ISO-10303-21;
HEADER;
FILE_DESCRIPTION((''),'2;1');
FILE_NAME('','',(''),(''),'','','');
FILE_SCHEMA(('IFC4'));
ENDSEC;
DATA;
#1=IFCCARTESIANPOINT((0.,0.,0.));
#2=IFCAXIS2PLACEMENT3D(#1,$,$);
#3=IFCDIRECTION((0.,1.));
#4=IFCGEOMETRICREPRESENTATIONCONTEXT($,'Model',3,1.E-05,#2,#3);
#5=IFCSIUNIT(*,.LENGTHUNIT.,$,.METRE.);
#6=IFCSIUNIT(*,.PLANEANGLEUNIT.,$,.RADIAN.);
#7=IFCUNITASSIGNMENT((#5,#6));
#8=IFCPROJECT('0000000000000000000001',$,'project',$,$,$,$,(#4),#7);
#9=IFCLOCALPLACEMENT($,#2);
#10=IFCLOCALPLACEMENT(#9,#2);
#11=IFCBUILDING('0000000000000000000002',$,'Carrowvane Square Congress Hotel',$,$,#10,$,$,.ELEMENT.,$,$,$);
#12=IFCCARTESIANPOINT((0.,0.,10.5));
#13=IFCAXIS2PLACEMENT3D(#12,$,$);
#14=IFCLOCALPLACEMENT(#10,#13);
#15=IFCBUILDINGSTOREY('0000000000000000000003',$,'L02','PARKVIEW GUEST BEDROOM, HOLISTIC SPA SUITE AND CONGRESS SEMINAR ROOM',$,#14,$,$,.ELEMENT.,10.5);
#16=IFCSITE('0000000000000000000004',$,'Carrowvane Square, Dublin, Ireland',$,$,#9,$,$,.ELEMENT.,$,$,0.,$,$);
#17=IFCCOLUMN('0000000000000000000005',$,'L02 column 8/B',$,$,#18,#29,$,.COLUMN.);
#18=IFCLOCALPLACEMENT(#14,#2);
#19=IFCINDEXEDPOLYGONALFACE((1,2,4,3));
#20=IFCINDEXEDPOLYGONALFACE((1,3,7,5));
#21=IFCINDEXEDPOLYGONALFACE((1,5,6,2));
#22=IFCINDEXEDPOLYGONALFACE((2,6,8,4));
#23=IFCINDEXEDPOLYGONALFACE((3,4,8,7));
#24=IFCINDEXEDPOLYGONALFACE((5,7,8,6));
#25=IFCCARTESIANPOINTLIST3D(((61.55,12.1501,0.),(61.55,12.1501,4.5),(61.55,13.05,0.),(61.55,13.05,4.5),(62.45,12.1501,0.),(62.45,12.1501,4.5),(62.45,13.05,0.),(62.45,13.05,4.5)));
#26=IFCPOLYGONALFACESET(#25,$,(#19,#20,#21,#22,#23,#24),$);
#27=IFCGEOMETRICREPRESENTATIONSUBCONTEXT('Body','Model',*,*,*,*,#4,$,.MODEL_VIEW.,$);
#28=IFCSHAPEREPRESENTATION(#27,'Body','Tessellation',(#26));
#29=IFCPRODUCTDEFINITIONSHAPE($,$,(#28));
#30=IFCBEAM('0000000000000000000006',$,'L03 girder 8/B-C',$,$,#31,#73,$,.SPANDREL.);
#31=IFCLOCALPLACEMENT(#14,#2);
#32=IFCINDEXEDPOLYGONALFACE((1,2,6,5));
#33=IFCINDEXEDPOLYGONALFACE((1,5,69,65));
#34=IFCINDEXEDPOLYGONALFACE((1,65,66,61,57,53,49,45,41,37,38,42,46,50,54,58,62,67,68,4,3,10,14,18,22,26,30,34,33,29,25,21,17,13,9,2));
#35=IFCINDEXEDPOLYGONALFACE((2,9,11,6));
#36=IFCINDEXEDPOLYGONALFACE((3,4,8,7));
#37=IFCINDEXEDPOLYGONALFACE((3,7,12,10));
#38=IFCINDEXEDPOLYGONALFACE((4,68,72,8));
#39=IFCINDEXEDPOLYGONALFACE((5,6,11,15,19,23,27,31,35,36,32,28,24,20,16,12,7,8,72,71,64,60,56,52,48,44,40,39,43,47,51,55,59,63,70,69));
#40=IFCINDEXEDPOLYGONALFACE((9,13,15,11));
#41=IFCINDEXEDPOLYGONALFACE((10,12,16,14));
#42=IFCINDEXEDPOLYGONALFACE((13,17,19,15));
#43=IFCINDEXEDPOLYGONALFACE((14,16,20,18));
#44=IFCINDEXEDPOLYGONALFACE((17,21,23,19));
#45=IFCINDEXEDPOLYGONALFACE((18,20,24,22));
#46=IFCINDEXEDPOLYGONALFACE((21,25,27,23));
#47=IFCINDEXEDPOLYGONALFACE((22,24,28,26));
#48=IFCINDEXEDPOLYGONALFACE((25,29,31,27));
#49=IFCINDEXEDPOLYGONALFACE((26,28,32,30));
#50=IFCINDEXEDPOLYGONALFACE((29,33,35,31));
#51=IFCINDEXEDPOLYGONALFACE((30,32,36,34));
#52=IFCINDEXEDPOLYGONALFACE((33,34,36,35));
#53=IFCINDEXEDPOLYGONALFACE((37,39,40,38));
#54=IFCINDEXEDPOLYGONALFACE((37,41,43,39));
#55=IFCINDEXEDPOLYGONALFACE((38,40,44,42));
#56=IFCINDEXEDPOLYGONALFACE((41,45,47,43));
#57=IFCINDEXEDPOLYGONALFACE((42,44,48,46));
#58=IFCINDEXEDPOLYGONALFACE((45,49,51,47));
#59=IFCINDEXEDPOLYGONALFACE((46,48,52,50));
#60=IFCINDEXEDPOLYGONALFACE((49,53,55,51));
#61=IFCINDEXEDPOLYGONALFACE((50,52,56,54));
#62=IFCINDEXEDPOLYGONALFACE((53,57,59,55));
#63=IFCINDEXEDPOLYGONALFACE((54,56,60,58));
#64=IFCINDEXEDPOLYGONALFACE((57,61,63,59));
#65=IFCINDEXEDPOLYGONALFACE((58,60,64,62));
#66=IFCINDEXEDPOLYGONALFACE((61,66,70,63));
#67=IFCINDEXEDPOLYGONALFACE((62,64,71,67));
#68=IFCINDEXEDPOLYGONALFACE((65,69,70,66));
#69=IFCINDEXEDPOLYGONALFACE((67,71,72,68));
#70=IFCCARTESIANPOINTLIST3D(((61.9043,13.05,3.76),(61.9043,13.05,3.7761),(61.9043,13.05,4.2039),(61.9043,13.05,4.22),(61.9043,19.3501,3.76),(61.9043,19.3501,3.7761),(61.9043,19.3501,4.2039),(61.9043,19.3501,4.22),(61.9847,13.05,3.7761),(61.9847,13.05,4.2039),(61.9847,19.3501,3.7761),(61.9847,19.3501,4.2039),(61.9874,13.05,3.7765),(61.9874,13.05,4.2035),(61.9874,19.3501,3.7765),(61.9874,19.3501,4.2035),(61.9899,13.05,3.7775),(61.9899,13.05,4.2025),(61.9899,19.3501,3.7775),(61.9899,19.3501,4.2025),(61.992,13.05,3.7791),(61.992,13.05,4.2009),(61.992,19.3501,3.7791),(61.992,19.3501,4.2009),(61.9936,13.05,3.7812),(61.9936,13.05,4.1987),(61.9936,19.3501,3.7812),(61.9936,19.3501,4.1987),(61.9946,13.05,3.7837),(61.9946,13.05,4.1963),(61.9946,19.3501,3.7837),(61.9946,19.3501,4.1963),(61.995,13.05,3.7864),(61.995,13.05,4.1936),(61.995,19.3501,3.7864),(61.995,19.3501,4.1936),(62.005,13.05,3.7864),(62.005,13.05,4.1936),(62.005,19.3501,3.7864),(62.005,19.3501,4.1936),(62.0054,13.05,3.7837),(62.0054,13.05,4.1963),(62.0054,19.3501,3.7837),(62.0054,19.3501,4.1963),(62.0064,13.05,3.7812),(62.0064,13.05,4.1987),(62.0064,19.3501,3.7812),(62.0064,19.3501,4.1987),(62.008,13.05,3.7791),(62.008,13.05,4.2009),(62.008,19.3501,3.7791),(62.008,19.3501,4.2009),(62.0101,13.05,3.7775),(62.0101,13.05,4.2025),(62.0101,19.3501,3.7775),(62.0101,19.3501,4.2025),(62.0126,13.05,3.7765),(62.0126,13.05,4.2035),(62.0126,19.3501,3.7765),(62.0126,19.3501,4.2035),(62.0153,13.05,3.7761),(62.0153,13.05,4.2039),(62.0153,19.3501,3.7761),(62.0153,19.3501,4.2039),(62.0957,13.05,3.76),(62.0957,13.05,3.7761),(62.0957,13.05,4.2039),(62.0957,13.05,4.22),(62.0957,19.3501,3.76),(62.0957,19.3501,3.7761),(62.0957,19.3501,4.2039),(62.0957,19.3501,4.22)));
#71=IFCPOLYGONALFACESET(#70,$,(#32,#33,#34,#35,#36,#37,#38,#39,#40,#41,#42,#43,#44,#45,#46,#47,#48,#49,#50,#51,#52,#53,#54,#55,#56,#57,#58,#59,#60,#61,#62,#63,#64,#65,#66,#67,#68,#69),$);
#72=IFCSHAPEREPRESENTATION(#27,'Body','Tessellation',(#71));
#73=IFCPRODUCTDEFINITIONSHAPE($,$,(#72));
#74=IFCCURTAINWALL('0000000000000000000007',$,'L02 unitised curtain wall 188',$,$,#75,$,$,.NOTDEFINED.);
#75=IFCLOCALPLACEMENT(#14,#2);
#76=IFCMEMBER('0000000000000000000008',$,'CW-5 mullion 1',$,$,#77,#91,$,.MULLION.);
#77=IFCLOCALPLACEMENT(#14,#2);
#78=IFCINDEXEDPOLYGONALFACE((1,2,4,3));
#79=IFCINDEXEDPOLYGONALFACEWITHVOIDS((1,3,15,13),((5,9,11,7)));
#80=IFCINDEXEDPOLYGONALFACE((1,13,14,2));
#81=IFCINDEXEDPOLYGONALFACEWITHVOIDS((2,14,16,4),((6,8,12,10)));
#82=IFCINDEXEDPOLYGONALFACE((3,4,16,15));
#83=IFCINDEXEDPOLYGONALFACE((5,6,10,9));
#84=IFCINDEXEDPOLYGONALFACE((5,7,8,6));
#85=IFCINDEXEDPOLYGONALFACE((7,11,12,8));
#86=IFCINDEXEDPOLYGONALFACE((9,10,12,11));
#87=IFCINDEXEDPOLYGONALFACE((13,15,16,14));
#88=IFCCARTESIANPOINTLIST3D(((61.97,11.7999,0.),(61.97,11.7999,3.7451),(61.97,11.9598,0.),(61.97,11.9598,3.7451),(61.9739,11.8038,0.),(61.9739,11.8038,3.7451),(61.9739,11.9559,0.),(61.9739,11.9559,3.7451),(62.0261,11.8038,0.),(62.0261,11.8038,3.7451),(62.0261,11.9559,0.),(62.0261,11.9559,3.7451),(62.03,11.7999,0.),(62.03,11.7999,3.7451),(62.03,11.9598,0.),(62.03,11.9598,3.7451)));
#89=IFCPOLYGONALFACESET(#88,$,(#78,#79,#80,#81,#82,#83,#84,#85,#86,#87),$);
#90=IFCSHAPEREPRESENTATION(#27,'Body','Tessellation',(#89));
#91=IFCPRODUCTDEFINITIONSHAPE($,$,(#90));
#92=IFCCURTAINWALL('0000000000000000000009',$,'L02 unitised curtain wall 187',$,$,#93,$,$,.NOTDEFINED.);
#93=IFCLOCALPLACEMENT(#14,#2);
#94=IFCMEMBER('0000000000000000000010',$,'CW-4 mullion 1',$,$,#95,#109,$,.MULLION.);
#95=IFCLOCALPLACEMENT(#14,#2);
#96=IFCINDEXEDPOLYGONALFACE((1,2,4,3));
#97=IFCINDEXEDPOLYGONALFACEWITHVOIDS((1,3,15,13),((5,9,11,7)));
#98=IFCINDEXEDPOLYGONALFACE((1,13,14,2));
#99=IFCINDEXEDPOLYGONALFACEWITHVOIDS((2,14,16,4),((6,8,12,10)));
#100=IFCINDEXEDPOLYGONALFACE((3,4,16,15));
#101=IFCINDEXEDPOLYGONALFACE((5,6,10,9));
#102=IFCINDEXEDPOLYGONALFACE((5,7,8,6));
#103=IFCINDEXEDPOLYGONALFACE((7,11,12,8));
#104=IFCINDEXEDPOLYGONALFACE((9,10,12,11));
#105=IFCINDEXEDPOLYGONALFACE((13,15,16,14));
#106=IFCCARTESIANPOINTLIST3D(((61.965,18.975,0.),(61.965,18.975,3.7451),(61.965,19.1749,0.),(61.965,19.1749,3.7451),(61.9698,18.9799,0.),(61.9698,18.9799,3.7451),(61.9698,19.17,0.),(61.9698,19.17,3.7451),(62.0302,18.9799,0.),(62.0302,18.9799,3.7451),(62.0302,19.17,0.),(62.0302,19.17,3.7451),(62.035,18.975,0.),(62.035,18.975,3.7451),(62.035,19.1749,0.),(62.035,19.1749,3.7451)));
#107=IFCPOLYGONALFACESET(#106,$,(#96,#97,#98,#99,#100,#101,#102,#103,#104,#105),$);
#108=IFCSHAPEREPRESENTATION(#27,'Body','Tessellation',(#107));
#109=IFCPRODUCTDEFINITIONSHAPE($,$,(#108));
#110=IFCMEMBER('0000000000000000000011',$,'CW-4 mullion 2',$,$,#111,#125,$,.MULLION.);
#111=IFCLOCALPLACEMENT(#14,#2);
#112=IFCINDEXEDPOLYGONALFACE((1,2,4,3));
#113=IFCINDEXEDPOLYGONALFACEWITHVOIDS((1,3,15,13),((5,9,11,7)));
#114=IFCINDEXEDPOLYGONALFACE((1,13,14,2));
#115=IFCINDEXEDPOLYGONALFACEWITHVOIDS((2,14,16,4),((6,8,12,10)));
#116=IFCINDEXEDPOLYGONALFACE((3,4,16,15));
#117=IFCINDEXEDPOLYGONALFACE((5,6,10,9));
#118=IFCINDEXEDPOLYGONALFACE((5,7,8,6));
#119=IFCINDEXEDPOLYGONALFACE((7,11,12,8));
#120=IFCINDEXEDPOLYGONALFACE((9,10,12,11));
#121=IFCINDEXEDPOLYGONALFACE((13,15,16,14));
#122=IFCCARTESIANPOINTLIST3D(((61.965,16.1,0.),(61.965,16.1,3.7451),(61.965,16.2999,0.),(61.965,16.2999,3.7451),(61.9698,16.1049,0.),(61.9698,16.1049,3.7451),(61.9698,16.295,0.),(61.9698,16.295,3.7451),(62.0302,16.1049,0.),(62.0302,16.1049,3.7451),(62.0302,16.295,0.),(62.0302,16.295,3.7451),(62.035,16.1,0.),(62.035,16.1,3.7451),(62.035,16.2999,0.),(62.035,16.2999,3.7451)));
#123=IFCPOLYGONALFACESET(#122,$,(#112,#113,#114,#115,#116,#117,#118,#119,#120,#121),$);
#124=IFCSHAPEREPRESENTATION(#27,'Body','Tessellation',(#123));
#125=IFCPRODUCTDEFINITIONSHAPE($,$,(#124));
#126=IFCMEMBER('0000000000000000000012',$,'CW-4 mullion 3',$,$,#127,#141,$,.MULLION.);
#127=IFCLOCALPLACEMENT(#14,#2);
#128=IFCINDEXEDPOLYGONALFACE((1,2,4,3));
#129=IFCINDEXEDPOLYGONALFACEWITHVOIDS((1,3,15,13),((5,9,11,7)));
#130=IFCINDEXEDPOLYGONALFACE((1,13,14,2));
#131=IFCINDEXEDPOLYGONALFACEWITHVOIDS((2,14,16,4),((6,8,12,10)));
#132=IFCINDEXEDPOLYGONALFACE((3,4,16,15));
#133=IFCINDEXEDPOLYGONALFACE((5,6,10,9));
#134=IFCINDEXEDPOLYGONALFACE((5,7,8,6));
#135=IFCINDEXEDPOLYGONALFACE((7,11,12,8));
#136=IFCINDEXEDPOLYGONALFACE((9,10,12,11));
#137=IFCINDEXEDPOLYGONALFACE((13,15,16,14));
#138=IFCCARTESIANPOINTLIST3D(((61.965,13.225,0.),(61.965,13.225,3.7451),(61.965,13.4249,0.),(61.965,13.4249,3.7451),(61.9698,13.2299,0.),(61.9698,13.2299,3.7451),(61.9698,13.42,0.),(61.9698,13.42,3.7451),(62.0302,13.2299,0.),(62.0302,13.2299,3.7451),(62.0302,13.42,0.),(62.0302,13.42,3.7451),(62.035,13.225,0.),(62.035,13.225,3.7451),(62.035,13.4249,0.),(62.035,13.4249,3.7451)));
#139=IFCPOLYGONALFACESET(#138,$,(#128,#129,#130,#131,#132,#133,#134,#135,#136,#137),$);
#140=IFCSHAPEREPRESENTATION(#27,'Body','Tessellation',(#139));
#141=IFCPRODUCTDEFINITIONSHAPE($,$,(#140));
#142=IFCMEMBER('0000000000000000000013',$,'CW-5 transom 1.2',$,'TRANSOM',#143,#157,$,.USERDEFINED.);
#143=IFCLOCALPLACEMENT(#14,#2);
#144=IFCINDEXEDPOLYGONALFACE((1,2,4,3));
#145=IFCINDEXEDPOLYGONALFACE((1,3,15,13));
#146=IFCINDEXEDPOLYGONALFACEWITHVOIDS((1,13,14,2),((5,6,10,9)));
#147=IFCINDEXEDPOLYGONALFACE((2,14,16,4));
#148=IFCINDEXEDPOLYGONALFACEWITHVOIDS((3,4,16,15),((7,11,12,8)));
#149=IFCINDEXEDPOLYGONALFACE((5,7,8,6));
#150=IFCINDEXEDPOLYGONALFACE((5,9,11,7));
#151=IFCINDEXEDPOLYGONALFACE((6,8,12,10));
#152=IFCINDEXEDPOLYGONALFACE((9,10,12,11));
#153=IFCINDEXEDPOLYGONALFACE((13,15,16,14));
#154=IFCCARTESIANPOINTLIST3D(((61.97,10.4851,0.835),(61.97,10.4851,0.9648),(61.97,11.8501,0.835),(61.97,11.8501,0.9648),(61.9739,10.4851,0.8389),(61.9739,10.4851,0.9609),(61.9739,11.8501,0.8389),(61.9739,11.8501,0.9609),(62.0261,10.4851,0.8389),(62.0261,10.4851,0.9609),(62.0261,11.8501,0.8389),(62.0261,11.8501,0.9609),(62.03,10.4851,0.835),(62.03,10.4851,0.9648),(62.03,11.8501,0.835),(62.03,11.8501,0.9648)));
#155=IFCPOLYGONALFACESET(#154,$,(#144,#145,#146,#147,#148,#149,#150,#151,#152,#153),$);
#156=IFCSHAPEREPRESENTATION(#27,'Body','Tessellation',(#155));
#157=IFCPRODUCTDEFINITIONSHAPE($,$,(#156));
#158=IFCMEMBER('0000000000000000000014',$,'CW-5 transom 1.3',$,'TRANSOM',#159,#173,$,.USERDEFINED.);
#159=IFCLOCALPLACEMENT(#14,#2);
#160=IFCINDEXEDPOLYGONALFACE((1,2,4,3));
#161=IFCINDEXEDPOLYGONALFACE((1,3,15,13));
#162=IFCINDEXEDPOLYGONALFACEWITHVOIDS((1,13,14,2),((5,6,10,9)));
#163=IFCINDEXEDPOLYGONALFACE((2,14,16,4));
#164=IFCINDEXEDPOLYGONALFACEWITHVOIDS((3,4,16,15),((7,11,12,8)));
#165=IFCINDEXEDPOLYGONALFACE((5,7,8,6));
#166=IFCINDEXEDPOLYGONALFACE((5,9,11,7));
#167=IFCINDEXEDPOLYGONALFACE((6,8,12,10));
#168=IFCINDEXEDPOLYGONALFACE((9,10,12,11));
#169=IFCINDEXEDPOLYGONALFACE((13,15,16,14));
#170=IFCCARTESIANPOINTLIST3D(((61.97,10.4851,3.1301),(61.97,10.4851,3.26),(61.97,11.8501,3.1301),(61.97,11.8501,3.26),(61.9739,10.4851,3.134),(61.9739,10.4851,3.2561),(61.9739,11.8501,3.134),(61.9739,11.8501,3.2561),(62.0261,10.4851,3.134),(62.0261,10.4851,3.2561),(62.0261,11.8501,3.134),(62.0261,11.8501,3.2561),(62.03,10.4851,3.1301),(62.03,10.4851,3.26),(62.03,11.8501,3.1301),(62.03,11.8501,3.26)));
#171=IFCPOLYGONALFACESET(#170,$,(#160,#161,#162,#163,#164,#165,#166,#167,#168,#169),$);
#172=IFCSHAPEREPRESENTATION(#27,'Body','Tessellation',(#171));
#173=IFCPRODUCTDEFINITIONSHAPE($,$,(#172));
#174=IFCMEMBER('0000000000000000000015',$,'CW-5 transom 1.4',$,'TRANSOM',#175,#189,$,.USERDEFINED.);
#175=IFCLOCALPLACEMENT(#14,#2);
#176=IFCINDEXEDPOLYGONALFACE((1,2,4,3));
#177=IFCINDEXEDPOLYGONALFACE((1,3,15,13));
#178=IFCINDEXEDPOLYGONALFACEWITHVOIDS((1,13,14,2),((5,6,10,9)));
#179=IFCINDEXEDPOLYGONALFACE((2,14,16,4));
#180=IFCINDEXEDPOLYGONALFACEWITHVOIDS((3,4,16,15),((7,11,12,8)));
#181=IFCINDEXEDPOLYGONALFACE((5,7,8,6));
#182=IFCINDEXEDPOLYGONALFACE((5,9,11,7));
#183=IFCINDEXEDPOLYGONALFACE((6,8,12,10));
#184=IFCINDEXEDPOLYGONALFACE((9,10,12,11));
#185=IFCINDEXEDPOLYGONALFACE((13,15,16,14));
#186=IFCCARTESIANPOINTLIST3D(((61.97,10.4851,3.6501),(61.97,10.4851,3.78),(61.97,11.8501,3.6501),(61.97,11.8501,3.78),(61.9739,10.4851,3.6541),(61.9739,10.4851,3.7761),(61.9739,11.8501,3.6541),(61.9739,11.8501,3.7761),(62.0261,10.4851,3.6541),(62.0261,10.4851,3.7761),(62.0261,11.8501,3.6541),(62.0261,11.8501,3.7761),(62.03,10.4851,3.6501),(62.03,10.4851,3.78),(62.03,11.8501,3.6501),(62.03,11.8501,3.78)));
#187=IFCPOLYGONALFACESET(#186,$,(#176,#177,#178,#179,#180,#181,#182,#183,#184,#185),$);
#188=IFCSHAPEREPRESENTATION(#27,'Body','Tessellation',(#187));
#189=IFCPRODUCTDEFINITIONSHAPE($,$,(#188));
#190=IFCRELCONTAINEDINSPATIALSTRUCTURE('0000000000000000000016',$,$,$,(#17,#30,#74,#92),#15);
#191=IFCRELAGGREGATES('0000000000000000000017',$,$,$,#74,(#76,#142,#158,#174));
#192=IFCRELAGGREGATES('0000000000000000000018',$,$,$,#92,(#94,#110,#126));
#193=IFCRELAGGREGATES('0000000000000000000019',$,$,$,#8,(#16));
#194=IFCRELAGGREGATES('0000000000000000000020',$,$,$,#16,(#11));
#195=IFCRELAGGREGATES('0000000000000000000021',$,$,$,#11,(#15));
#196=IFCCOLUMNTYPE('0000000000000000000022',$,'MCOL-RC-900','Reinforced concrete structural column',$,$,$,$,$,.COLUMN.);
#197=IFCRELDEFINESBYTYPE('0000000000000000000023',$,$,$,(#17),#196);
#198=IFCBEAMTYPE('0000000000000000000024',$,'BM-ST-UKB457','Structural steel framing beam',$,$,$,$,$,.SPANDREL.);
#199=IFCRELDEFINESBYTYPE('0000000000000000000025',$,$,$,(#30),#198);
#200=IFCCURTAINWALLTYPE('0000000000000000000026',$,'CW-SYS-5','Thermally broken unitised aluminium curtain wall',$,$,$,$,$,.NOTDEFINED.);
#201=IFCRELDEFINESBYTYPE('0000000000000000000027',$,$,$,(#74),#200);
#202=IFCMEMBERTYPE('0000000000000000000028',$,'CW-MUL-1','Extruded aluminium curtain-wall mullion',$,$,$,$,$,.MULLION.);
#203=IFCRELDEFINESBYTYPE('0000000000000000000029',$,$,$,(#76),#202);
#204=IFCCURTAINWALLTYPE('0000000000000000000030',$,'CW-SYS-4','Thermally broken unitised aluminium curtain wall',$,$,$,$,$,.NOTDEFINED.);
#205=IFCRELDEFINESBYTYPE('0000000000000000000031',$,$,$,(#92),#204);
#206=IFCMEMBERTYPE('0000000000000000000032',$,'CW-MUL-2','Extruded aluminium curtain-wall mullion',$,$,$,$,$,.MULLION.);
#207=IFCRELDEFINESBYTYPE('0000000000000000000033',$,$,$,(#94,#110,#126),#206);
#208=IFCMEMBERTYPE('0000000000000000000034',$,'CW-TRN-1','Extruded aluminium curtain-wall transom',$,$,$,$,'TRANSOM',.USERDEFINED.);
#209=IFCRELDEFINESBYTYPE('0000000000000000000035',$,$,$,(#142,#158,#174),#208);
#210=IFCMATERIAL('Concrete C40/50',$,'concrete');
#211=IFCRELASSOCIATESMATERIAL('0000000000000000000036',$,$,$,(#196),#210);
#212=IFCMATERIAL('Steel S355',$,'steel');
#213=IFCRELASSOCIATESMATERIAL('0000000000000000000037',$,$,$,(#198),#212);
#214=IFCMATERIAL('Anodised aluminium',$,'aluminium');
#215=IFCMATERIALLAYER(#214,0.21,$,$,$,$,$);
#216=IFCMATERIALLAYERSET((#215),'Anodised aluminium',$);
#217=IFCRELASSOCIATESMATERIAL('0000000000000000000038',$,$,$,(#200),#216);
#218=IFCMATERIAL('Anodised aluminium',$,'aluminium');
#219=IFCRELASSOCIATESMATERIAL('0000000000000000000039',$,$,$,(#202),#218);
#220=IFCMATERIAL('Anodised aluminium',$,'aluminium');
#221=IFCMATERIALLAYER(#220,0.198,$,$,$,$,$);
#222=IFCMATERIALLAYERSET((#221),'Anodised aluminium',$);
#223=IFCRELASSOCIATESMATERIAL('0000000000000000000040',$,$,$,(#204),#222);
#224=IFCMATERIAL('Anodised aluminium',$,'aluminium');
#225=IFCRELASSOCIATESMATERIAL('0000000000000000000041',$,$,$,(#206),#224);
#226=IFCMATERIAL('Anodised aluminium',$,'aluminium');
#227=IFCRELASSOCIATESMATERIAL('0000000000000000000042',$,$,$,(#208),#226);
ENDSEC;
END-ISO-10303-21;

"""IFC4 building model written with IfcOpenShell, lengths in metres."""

from ifc_helpers import new_model, si_unit, direction, frame, origin, origin_2d, place, context, subcontext, project, spatial, rectangle, hollow_rectangle, i_section, extrude, material, layer, layer_set, material_profile, profile_set, type_object, element, aggregate, save


model = new_model("IFC4")

# Units and contexts
model_context = context("Model", 3, precision=1e-05, world=origin(), true_north=direction((0.0, 1.0)))
body_context = subcontext(model_context, "Body", "Model", "MODEL_VIEW")
ifc_project = project(units=[si_unit("LENGTHUNIT", "METRE"), si_unit("PLANEANGLEUNIT", "RADIAN")], contexts=[model_context])

# Site, building, storey
site_placement = place(None, origin())
site = spatial("IfcSite", under=ifc_project, at=site_placement, Name="Carrowvane Square, Dublin, Ireland", CompositionType="ELEMENT", RefElevation=0.0)
building_placement = place(site_placement, origin())
building = spatial("IfcBuilding", under=site, at=building_placement, Name="Carrowvane Square Congress Hotel", CompositionType="ELEMENT")
storey_placement = place(building_placement, frame((0.0, 0.0, 10.5)))
storey = spatial("IfcBuildingStorey", under=building, at=storey_placement, Name="L02", Description="PARKVIEW GUEST BEDROOM, HOLISTIC SPA SUITE AND CONGRESS SEMINAR ROOM", CompositionType="ELEMENT", Elevation=10.5)

# Column
ifc_material_1 = material(Name="Concrete C40/50", Category="concrete")
ifc_material_profile_1 = material_profile(ifc_material_1, rectangle(XDim=0.8999, YDim=0.8999, at=origin_2d()), Name="RC 900x900")
ifc_profile_set_1 = profile_set([ifc_material_profile_1], Name="Concrete C40/50")
column_type = type_object("IfcColumnType", Name="MCOL-RC-900", Description="Reinforced concrete structural column", PredefinedType="COLUMN", material=ifc_profile_set_1)
column_placement = place(storey_placement, frame((62.0, 12.6001, 0.0), z_axis=(0.0, 0.0, 1.0), x_axis=(1.0, 0.0, 0.0)))
element("IfcColumn", 1, at=column_placement, inside=storey, type_object=column_type, Name="L02 column 8/B", PredefinedType="COLUMN", context=body_context, shape_type="SweptSolid", body=[
    extrude(rectangle(XDim=0.8999, YDim=0.8999, at=origin_2d()), origin(), (0.0, 0.0, 1.0), 4.5),
])

# Beam
ifc_material_2 = material(Name="Steel S355", Category="steel")
ifc_material_profile_2 = material_profile(ifc_material_2, i_section(OverallWidth=0.1914, OverallDepth=0.46, WebThickness=0.01, FlangeThickness=0.0161, FilletRadius=0.0103, at=origin_2d()), Name="UKB 457x191x82")
ifc_profile_set_2 = profile_set([ifc_material_profile_2], Name="Steel S355")
beam_type = type_object("IfcBeamType", Name="BM-ST-UKB457", Description="Structural steel framing beam", PredefinedType="SPANDREL", material=ifc_profile_set_2)
beam_placement = place(storey_placement, frame((62.0, 13.05, 3.99), z_axis=(0.0, 1.0, 0.0), x_axis=(-1.0, 0.0, 0.0)))
element("IfcBeam", 2, at=beam_placement, inside=storey, type_object=beam_type, Name="L03 girder 8/B-C", PredefinedType="SPANDREL", context=body_context, shape_type="SweptSolid", body=[
    extrude(i_section(OverallWidth=0.1914, OverallDepth=0.46, WebThickness=0.01, FlangeThickness=0.0161, FilletRadius=0.0103, at=origin_2d()), origin(), (0.0, 0.0, 1.0), 6.3),
])

# Curtain wall, member
ifc_material_3 = material(Name="Anodised aluminium", Category="aluminium")
ifc_layer_1 = layer(ifc_material_3, 0.21)
ifc_layer_set_1 = layer_set([ifc_layer_1], Name="Anodised aluminium")
curtain_wall_type_1 = type_object("IfcCurtainWallType", Name="CW-SYS-5", Description="Thermally broken unitised aluminium curtain wall", PredefinedType="NOTDEFINED", material=ifc_layer_set_1)
curtain_wall_1_placement = place(storey_placement, origin())
curtain_wall_1 = element("IfcCurtainWall", 3, at=curtain_wall_1_placement, inside=storey, type_object=curtain_wall_type_1, Name="L02 unitised curtain wall 188", PredefinedType="NOTDEFINED")
ifc_material_4 = material(Name="Anodised aluminium", Category="aluminium")
ifc_material_profile_3 = material_profile(ifc_material_4, hollow_rectangle(XDim=0.0601, YDim=0.1599, WallThickness=0.0039, at=origin_2d()), Name="CW-ML 60x160x4")
ifc_profile_set_3 = profile_set([ifc_material_profile_3], Name="Anodised aluminium")
member_type_1 = type_object("IfcMemberType", Name="CW-MUL-1", Description="Extruded aluminium curtain-wall mullion", PredefinedType="MULLION", material=ifc_profile_set_3)
member_1_placement = place(storey_placement, frame((62.0, 11.8799, 0.0), z_axis=(0.0, 0.0, 1.0), x_axis=(1.0, 0.0, 0.0)))
member_1 = element("IfcMember", 4, at=member_1_placement, type_object=member_type_1, Name="CW-5 mullion 1", PredefinedType="MULLION", context=body_context, shape_type="SweptSolid", body=[
    extrude(hollow_rectangle(XDim=0.0601, YDim=0.1599, WallThickness=0.0039, at=origin_2d()), origin(), (0.0, 0.0, 1.0), 3.7451),
])

# Curtain wall, members
ifc_material_5 = material(Name="Anodised aluminium", Category="aluminium")
ifc_layer_2 = layer(ifc_material_5, 0.198)
ifc_layer_set_2 = layer_set([ifc_layer_2], Name="Anodised aluminium")
curtain_wall_type_2 = type_object("IfcCurtainWallType", Name="CW-SYS-4", Description="Thermally broken unitised aluminium curtain wall", PredefinedType="NOTDEFINED", material=ifc_layer_set_2)
curtain_wall_2_placement = place(storey_placement, origin())
curtain_wall_2 = element("IfcCurtainWall", 5, at=curtain_wall_2_placement, inside=storey, type_object=curtain_wall_type_2, Name="L02 unitised curtain wall 187", PredefinedType="NOTDEFINED")
ifc_material_6 = material(Name="Anodised aluminium", Category="aluminium")
ifc_material_profile_4 = material_profile(ifc_material_6, hollow_rectangle(XDim=0.0701, YDim=0.2, WallThickness=0.0049, at=origin_2d()), Name="CW-ML 70x200x5")
ifc_profile_set_4 = profile_set([ifc_material_profile_4], Name="Anodised aluminium")
member_type_2 = type_object("IfcMemberType", Name="CW-MUL-2", Description="Extruded aluminium curtain-wall mullion", PredefinedType="MULLION", material=ifc_profile_set_4)
member_2_placement = place(storey_placement, frame((62.0, 19.075, 0.0), z_axis=(0.0, 0.0, 1.0), x_axis=(1.0, 0.0, 0.0)))
member_2 = element("IfcMember", 6, at=member_2_placement, type_object=member_type_2, Name="CW-4 mullion 1", PredefinedType="MULLION", context=body_context, shape_type="SweptSolid", body=[
    extrude(hollow_rectangle(XDim=0.0701, YDim=0.2, WallThickness=0.0049, at=origin_2d()), origin(), (0.0, 0.0, 1.0), 3.7451),
])
member_3_placement = place(storey_placement, frame((62.0, 16.2, 0.0), z_axis=(0.0, 0.0, 1.0), x_axis=(1.0, 0.0, 0.0)))
member_3 = element("IfcMember", 7, at=member_3_placement, type_object=member_type_2, Name="CW-4 mullion 2", PredefinedType="MULLION", context=body_context, shape_type="SweptSolid", body=[
    extrude(hollow_rectangle(XDim=0.0701, YDim=0.2, WallThickness=0.0049, at=origin_2d()), origin(), (0.0, 0.0, 1.0), 3.7451),
])
member_4_placement = place(storey_placement, frame((62.0, 13.325, 0.0), z_axis=(0.0, 0.0, 1.0), x_axis=(1.0, 0.0, 0.0)))
member_4 = element("IfcMember", 8, at=member_4_placement, type_object=member_type_2, Name="CW-4 mullion 3", PredefinedType="MULLION", context=body_context, shape_type="SweptSolid", body=[
    extrude(hollow_rectangle(XDim=0.0701, YDim=0.2, WallThickness=0.0049, at=origin_2d()), origin(), (0.0, 0.0, 1.0), 3.7451),
])

# Members
ifc_material_7 = material(Name="Anodised aluminium", Category="aluminium")
ifc_material_profile_5 = material_profile(ifc_material_7, hollow_rectangle(XDim=0.0601, YDim=0.1299, WallThickness=0.0039, at=origin_2d()), Name="CW-TR 60x130x4")
ifc_profile_set_5 = profile_set([ifc_material_profile_5], Name="Anodised aluminium")
member_type_3 = type_object("IfcMemberType", Name="CW-TRN-1", Description="Extruded aluminium curtain-wall transom", ElementType="TRANSOM", PredefinedType="USERDEFINED", material=ifc_profile_set_5)
member_5_placement = place(storey_placement, frame((62.0, 11.8501, 0.8999), z_axis=(0.0, -1.0, 0.0), x_axis=(1.0, 0.0, 0.0)))
member_5 = element("IfcMember", 9, at=member_5_placement, type_object=member_type_3, Name="CW-5 transom 1.2", ObjectType="TRANSOM", PredefinedType="USERDEFINED", context=body_context, shape_type="SweptSolid", body=[
    extrude(hollow_rectangle(XDim=0.0601, YDim=0.1299, WallThickness=0.0039, at=origin_2d()), origin(), (0.0, 0.0, 1.0), 1.365),
])
member_6_placement = place(storey_placement, frame((62.0, 11.8501, 3.1951), z_axis=(0.0, -1.0, 0.0), x_axis=(1.0, 0.0, 0.0)))
member_6 = element("IfcMember", 10, at=member_6_placement, type_object=member_type_3, Name="CW-5 transom 1.3", ObjectType="TRANSOM", PredefinedType="USERDEFINED", context=body_context, shape_type="SweptSolid", body=[
    extrude(hollow_rectangle(XDim=0.0601, YDim=0.1299, WallThickness=0.0039, at=origin_2d()), origin(), (0.0, 0.0, 1.0), 1.365),
])
member_7_placement = place(storey_placement, frame((62.0, 11.8501, 3.7151), z_axis=(0.0, -1.0, 0.0), x_axis=(1.0, 0.0, 0.0)))
member_7 = element("IfcMember", 11, at=member_7_placement, type_object=member_type_3, Name="CW-5 transom 1.4", ObjectType="TRANSOM", PredefinedType="USERDEFINED", context=body_context, shape_type="SweptSolid", body=[
    extrude(hollow_rectangle(XDim=0.0601, YDim=0.1299, WallThickness=0.0039, at=origin_2d()), origin(), (0.0, 0.0, 1.0), 1.365),
])
aggregate(curtain_wall_1, [member_1, member_5, member_6, member_7])

aggregate(curtain_wall_2, [member_2, member_3, member_4])

save(model, "model.ifc")
